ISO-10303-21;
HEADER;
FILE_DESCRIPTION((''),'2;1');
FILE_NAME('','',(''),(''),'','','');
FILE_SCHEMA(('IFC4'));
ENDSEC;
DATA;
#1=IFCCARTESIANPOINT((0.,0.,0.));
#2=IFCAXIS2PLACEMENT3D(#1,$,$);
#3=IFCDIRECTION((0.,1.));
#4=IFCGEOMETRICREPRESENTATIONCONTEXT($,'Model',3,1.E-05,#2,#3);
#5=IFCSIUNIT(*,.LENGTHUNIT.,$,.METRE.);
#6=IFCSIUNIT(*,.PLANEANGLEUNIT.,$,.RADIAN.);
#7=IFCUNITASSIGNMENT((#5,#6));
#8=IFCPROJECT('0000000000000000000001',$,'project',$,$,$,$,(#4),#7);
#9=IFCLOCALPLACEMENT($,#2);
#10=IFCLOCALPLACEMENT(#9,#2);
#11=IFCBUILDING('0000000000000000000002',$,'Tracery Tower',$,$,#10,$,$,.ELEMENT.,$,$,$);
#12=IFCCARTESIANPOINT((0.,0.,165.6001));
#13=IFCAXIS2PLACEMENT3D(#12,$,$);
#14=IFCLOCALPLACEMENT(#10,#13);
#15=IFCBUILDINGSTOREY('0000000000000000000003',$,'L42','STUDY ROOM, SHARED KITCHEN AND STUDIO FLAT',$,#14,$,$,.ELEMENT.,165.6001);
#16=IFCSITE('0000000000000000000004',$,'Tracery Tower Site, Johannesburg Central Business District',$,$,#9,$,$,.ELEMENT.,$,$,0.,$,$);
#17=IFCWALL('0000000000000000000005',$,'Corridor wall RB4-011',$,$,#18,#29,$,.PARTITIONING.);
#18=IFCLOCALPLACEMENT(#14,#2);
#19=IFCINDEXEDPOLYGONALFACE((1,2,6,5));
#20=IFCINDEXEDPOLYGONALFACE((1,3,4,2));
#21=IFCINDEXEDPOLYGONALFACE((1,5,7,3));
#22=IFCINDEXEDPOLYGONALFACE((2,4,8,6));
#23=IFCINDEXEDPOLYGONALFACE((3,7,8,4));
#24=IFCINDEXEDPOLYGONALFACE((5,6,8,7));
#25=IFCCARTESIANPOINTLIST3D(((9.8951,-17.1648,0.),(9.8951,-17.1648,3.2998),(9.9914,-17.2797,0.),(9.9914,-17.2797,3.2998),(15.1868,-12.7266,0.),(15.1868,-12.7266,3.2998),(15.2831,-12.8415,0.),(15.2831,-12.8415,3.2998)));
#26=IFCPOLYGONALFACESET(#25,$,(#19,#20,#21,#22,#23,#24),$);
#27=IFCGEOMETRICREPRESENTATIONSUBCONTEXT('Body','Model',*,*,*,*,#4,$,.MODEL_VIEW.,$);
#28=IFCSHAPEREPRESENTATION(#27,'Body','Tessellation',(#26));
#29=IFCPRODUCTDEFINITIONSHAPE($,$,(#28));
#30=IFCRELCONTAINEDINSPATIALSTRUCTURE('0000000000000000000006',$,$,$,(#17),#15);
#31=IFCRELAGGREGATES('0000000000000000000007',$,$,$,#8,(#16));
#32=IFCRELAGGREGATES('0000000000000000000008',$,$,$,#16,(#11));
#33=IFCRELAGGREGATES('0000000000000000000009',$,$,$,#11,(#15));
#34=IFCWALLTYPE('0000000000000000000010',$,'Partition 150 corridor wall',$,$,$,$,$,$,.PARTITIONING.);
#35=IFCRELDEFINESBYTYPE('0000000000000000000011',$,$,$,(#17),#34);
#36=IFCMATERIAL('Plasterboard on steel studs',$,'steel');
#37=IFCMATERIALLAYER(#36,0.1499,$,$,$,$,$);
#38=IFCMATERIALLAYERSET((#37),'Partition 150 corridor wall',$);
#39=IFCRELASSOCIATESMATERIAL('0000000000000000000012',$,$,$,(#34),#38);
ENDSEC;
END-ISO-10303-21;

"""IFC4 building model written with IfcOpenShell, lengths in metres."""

from ifc_helpers import new_model, si_unit, direction, frame, frame_2d, origin, place, context, subcontext, project, spatial, rectangle, extrude, material, layer, layer_set, type_object, element, save


model = new_model("IFC4")

# Units and contexts
model_context = context("Model", 3, precision=1e-05, world=origin(), true_north=direction((0.0, 1.0)))
body_context = subcontext(model_context, "Body", "Model", "MODEL_VIEW")
ifc_project = project(units=[si_unit("LENGTHUNIT", "METRE"), si_unit("PLANEANGLEUNIT", "RADIAN")], contexts=[model_context])

# Site, building, storey
site_placement = place(None, origin())
site = spatial("IfcSite", under=ifc_project, at=site_placement, Name="Tracery Tower Site, Johannesburg Central Business District", CompositionType="ELEMENT", RefElevation=0.0)
building_placement = place(site_placement, origin())
building = spatial("IfcBuilding", under=site, at=building_placement, Name="Tracery Tower", CompositionType="ELEMENT")
storey_placement = place(building_placement, frame((0.0, 0.0, 165.6001)))
storey = spatial("IfcBuildingStorey", under=building, at=storey_placement, Name="L42", Description="STUDY ROOM, SHARED KITCHEN AND STUDIO FLAT", CompositionType="ELEMENT", Elevation=165.6001)

# Shared definitions
ifc_material_1 = material(Name="Plasterboard on steel studs", Category="steel")
ifc_layer_1 = layer(ifc_material_1, 0.1499)
ifc_layer_set_1 = layer_set([ifc_layer_1], Name="Partition 150 corridor wall")
wall_type_1 = type_object("IfcWallType", Name="Partition 150 corridor wall", PredefinedType="PARTITIONING", material=ifc_layer_set_1)

# Wall
wall_1_placement = place(storey_placement, frame((9.9434, -17.2222, 0.0), z_axis=(0.0, 0.0, 1.0), x_axis=(0.766192, 0.642612, 0.0)))
element("IfcWall", 1, at=wall_1_placement, inside=storey, type_object=wall_type_1, Name="Corridor wall RB4-011", PredefinedType="PARTITIONING", context=body_context, shape_type="SweptSolid", body=[
    extrude(rectangle(XDim=6.9065, YDim=0.1499, at=frame_2d((3.4531, 0.0))), origin(), (0.0, 0.0, 1.0), 3.2998),
])

save(model, "model.ifc")
